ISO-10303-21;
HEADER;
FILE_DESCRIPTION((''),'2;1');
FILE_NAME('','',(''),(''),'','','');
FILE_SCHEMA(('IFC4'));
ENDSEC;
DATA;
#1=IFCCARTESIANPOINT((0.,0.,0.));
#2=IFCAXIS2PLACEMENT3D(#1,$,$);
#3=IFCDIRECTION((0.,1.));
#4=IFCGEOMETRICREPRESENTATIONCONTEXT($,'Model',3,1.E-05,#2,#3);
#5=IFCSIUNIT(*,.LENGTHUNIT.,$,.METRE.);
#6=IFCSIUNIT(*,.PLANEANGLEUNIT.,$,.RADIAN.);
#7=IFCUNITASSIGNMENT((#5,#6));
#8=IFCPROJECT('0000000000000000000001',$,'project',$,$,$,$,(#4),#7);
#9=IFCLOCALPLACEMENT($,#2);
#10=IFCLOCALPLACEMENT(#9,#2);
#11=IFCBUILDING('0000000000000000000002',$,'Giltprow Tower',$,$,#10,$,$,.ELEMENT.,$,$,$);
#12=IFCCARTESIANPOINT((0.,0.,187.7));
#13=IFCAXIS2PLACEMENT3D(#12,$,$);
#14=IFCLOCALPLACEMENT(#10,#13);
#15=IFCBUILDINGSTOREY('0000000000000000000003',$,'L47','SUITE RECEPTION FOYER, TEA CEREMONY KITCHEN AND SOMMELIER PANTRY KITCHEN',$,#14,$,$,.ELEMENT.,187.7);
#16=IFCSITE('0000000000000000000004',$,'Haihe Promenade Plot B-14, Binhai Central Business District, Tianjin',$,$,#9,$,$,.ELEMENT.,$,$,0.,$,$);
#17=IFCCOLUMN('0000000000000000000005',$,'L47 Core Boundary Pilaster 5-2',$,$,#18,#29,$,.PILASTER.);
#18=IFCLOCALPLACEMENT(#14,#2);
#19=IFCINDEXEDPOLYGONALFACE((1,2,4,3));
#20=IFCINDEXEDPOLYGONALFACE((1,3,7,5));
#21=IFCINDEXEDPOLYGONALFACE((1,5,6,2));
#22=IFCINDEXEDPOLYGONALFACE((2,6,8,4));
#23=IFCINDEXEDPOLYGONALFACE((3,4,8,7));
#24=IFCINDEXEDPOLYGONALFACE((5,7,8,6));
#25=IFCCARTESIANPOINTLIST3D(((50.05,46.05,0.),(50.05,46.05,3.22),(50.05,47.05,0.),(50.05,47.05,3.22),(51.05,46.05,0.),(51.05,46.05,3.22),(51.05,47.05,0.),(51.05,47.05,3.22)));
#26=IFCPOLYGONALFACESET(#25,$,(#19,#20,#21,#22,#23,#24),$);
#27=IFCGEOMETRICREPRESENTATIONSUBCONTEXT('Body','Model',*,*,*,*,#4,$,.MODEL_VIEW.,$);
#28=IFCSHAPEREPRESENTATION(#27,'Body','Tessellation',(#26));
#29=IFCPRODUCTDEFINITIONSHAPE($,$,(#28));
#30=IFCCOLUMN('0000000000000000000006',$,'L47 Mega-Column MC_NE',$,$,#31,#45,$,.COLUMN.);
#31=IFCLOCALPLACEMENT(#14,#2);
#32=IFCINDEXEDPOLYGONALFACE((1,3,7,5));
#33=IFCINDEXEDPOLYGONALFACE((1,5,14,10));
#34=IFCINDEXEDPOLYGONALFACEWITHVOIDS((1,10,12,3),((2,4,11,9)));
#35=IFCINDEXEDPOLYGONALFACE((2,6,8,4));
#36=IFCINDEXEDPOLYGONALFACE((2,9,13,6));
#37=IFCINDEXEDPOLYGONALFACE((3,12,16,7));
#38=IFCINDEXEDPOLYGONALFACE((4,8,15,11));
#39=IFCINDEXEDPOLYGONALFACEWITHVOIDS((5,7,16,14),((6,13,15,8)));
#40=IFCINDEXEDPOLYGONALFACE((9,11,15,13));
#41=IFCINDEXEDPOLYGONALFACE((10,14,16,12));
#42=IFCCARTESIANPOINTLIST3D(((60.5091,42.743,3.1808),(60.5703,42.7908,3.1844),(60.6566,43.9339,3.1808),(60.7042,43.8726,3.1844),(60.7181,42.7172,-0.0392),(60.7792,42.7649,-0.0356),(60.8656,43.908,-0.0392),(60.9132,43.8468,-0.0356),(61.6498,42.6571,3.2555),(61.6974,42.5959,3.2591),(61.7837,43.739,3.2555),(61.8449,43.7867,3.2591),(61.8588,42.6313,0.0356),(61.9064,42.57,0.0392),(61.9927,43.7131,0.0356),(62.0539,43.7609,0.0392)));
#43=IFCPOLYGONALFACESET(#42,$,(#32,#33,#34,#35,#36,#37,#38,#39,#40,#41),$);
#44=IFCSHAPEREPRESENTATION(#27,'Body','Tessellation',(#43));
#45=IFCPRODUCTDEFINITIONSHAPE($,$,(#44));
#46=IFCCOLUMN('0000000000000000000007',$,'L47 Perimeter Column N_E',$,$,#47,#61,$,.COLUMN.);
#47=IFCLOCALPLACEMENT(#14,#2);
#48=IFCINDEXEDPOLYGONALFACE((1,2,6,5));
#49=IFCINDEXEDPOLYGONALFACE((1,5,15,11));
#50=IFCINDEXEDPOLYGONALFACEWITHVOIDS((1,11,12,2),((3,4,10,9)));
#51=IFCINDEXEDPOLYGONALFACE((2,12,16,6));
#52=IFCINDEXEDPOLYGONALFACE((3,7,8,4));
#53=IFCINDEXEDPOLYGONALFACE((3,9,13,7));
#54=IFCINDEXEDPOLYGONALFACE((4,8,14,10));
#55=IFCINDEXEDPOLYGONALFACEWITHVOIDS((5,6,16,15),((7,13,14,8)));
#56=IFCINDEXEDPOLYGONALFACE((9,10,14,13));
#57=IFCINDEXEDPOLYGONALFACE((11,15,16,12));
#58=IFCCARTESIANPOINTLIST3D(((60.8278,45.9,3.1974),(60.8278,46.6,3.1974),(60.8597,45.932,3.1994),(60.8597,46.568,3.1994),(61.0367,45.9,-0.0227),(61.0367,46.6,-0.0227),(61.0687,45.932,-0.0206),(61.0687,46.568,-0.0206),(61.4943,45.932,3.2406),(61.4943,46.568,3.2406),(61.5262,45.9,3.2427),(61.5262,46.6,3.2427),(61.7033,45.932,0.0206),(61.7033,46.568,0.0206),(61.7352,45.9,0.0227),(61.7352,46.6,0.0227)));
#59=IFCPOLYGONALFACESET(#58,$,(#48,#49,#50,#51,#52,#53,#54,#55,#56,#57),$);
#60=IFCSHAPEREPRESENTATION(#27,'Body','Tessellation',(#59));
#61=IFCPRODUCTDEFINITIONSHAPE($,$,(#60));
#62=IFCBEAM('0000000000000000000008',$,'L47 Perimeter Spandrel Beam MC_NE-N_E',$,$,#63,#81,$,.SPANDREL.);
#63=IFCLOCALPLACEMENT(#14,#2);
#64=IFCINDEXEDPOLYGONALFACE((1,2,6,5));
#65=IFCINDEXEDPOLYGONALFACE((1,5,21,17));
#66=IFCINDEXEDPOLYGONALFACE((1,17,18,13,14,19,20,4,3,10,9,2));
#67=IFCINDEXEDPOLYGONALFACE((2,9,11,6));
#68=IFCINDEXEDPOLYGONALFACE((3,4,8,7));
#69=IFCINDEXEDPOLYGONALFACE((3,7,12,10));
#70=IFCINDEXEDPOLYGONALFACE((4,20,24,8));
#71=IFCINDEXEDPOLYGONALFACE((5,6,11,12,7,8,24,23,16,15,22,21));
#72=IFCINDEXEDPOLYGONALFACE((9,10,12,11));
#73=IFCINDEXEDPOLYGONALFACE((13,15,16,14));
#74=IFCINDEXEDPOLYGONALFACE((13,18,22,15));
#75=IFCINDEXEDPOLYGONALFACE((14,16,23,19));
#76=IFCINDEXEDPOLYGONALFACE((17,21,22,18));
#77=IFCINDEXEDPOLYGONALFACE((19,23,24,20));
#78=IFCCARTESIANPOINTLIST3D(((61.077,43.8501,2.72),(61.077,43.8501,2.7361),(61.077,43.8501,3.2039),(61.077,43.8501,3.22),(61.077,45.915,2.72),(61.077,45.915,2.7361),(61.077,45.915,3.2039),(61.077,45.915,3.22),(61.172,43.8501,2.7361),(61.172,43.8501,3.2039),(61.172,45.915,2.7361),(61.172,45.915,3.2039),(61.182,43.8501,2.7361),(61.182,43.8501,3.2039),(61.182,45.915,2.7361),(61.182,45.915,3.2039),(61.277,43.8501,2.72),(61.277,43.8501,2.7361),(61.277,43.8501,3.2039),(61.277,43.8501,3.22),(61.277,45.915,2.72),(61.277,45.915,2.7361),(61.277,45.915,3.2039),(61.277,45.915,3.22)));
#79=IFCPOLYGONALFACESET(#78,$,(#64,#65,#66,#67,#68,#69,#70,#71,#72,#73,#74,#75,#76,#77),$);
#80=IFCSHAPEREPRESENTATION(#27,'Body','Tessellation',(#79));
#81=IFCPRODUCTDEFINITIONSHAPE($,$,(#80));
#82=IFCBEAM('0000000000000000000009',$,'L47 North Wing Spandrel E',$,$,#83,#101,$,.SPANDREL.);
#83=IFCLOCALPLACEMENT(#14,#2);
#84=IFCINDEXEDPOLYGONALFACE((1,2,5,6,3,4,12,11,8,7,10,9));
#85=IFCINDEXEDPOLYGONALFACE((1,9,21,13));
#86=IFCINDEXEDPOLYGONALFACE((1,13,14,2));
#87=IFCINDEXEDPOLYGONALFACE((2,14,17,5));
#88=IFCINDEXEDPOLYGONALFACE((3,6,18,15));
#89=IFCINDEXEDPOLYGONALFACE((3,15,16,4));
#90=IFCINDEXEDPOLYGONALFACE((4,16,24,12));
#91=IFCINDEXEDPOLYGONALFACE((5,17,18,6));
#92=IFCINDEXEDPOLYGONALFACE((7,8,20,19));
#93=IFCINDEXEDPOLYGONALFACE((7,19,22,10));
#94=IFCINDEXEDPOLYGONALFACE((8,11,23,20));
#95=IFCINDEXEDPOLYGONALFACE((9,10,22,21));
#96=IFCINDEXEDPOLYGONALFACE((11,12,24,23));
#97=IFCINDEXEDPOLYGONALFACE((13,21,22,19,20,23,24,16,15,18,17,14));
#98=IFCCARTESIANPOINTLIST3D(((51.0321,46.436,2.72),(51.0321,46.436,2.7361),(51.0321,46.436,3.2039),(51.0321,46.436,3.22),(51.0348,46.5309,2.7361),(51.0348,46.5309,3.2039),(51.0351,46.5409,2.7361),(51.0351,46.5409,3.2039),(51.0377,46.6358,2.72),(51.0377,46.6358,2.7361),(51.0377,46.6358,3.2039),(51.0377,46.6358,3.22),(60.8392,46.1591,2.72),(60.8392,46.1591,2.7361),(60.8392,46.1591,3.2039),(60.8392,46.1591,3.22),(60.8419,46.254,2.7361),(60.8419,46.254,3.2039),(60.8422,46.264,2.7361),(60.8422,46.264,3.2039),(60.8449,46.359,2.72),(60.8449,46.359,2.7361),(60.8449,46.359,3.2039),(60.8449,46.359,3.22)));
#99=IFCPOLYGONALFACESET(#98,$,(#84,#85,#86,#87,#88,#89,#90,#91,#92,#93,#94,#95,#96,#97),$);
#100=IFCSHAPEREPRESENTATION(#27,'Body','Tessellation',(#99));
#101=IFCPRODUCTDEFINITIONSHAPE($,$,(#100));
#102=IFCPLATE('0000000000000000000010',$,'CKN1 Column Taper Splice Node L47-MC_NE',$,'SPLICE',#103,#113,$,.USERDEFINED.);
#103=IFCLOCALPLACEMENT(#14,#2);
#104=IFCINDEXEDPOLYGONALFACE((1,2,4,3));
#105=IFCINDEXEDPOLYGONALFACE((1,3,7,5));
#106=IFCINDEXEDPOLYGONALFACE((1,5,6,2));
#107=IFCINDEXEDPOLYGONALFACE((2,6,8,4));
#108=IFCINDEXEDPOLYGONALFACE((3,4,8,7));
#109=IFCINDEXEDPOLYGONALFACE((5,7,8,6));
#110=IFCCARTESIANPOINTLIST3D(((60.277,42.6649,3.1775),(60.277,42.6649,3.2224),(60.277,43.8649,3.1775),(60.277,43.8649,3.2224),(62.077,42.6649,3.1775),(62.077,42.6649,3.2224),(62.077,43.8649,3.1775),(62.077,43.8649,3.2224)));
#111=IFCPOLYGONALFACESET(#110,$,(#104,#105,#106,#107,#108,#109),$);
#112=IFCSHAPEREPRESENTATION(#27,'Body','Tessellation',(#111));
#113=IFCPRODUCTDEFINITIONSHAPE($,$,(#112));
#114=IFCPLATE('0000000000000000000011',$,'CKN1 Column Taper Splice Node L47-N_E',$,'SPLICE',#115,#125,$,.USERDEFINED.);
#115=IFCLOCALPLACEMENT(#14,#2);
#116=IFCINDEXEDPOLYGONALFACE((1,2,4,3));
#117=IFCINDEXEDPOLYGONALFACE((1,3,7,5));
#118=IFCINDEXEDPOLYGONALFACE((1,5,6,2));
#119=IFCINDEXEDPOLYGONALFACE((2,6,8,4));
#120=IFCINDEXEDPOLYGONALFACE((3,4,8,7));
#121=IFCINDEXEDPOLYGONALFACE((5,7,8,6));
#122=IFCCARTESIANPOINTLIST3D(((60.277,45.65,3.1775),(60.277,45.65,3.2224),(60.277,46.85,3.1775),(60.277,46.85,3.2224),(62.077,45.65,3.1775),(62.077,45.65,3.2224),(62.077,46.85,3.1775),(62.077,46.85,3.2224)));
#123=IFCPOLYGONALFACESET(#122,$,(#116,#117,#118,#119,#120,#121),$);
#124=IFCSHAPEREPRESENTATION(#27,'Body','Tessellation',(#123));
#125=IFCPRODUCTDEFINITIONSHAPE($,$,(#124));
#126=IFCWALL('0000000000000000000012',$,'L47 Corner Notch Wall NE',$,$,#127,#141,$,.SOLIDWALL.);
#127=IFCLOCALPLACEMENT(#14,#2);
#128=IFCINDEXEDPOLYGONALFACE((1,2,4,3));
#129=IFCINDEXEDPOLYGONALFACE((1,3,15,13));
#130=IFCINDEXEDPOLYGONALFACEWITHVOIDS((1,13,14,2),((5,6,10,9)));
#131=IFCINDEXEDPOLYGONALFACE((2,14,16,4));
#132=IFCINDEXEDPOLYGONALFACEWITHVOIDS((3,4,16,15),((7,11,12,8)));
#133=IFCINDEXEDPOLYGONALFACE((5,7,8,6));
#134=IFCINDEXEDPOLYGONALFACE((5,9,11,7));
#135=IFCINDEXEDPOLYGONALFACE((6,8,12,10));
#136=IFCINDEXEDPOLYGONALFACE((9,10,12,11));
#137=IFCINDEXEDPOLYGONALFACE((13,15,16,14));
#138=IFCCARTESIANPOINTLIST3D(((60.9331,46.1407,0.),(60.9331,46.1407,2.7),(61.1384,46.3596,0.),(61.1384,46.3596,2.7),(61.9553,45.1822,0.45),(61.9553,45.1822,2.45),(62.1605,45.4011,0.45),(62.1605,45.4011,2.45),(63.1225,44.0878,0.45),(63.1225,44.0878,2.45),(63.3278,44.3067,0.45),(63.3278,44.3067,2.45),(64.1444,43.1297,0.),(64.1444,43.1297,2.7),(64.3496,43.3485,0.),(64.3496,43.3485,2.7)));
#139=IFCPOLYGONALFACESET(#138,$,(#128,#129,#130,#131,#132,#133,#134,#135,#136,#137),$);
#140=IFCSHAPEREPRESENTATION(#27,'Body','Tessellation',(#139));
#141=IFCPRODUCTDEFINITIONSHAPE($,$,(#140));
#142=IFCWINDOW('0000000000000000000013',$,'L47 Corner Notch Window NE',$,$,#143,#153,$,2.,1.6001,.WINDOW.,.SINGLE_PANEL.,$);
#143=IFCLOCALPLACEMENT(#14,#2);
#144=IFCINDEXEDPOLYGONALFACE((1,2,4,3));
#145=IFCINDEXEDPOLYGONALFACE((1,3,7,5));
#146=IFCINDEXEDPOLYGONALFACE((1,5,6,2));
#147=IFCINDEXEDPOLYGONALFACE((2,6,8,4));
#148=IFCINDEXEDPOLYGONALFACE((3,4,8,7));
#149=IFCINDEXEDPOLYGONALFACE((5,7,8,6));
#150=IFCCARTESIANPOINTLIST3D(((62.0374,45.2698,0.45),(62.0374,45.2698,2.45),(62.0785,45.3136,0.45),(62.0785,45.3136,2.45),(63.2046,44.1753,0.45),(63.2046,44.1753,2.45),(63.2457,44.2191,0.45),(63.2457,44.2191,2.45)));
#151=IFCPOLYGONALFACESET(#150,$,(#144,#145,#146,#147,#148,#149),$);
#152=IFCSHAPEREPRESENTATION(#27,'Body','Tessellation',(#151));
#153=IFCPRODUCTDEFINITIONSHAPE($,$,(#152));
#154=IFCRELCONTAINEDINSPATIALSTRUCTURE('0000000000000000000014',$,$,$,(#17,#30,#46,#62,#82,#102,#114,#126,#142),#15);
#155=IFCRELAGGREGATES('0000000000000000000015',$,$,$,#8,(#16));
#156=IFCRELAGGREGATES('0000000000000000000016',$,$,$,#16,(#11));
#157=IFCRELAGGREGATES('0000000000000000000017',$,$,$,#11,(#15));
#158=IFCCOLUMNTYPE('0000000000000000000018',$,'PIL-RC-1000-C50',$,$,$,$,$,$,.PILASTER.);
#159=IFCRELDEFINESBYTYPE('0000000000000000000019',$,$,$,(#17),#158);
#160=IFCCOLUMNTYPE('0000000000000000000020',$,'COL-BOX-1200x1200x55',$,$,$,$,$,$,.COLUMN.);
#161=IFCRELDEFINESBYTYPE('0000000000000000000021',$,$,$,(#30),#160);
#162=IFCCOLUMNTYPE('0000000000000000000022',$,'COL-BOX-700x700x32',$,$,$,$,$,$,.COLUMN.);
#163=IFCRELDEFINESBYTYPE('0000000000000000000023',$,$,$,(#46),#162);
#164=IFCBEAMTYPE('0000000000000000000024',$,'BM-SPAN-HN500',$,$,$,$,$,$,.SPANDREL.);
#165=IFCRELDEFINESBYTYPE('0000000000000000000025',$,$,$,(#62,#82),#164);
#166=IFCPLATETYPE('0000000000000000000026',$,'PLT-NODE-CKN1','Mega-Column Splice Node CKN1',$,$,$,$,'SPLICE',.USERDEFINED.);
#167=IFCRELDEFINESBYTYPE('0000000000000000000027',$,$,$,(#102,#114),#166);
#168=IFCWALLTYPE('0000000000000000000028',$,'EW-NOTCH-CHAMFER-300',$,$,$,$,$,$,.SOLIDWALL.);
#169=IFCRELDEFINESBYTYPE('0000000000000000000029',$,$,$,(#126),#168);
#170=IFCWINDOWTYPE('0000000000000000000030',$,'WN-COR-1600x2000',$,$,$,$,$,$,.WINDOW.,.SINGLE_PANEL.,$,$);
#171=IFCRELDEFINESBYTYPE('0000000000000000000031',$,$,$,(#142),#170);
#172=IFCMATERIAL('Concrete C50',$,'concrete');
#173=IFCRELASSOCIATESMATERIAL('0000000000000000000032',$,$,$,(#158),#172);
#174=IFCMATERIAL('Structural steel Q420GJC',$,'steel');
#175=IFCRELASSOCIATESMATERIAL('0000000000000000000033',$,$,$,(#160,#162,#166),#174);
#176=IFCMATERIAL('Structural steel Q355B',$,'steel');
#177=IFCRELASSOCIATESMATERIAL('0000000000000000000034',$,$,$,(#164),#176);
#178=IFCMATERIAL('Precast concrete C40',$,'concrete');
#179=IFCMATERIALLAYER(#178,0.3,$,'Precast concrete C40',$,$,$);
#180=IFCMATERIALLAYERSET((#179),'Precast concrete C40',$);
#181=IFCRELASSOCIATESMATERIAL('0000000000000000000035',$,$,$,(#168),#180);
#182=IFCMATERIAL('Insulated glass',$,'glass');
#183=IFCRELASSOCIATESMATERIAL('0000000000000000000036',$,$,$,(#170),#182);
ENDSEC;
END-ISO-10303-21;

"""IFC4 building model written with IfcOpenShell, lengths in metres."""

from ifc_helpers import new_model, si_unit, direction, frame, frame_2d, origin, origin_2d, place, context, subcontext, project, spatial, rectangle, hollow_rectangle, i_section, extrude, source, transform, mapped, material, layer, layer_set, material_profile, profile_set, type_object, element, fill, save


model = new_model("IFC4")

# Units and contexts
model_context = context("Model", 3, precision=1e-05, world=origin(), true_north=direction((0.0, 1.0)))
body_context = subcontext(model_context, "Body", "Model", "MODEL_VIEW")
ifc_project = project(units=[si_unit("LENGTHUNIT", "METRE"), si_unit("PLANEANGLEUNIT", "RADIAN")], contexts=[model_context])

# Site, building, storey
site_placement = place(None, origin())
site = spatial("IfcSite", under=ifc_project, at=site_placement, Name="Haihe Promenade Plot B-14, Binhai Central Business District, Tianjin", CompositionType="ELEMENT", RefElevation=0.0)
building_placement = place(site_placement, origin())
building = spatial("IfcBuilding", under=site, at=building_placement, Name="Giltprow Tower", CompositionType="ELEMENT")
storey_placement = place(building_placement, frame((0.0, 0.0, 187.7)))
storey = spatial("IfcBuildingStorey", under=building, at=storey_placement, Name="L47", Description="SUITE RECEPTION FOYER, TEA CEREMONY KITCHEN AND SOMMELIER PANTRY KITCHEN", CompositionType="ELEMENT", Elevation=187.7)

# Columns
ifc_material_1 = material(Name="Concrete C50", Category="concrete")
ifc_material_profile_1 = material_profile(ifc_material_1, rectangle(XDim=1.0, YDim=1.0, at=origin_2d()), Name="RC 1000x1000")
ifc_profile_set_1 = profile_set([ifc_material_profile_1], Name="Concrete C50")
column_type_1 = type_object("IfcColumnType", Name="PIL-RC-1000-C50", PredefinedType="PILASTER", material=ifc_profile_set_1)
shared_shape_1 = source(origin(), body_context, "Body", "SweptSolid", [
    extrude(rectangle(XDim=1.0, YDim=1.0, at=origin_2d()), origin(), (0.0, 0.0, 1.0), 3.22),
])
column_1_placement = place(storey_placement, frame((50.55, 46.55, 0.0), z_axis=(0.0, 0.0, 1.0), x_axis=(1.0, 0.0, 0.0)))
element("IfcColumn", 1, at=column_1_placement, inside=storey, type_object=column_type_1, Name="L47 Core Boundary Pilaster 5-2", PredefinedType="PILASTER", context=body_context, shape_type="MappedRepresentation", body=[
    mapped(shared_shape_1, transform((0.0, 0.0, 0.0), x_axis=(1.0, 0.0, 0.0), y_axis=(0.0, 1.0, 0.0), z_axis=(0.0, 0.0, 1.0), scale=1.0)),
])
ifc_material_2 = material(Name="Structural steel Q420GJC", Category="steel")
ifc_material_profile_2 = material_profile(ifc_material_2, hollow_rectangle(XDim=1.2, YDim=1.2, WallThickness=0.0549, at=origin_2d()), Name="BOX 1200x1200x55")
ifc_profile_set_2 = profile_set([ifc_material_profile_2], Name="Structural steel Q420GJC")
column_type_2 = type_object("IfcColumnType", Name="COL-BOX-1200x1200x55", PredefinedType="COLUMN", material=ifc_profile_set_2)
shared_shape_2 = source(origin(), body_context, "Body", "SweptSolid", [
    extrude(hollow_rectangle(XDim=1.2, YDim=1.2, WallThickness=0.0549, at=origin_2d()), origin(), (0.0, 0.0, 1.0), 3.2268),
])
column_2_placement = place(storey_placement, frame((61.386, 43.239, 0.0), z_axis=(-0.064764, 0.00802, 0.997868), x_axis=(-0.122893, -0.99242, 0.0)))
element("IfcColumn", 2, at=column_2_placement, inside=storey, type_object=column_type_2, Name="L47 Mega-Column MC_NE", PredefinedType="COLUMN", context=body_context, shape_type="MappedRepresentation", body=[
    mapped(shared_shape_2, transform((0.0, 0.0, 0.0), x_axis=(1.0, 0.0, 0.0), y_axis=(0.0, 1.0, 0.0), z_axis=(0.0, 0.0, 1.0), scale=1.0)),
])
ifc_material_profile_3 = material_profile(ifc_material_2, hollow_rectangle(XDim=0.7, YDim=0.7, WallThickness=0.032, at=origin_2d()), Name="BOX 700x700x32")
ifc_profile_set_3 = profile_set([ifc_material_profile_3], Name="Structural steel Q420GJC")
column_type_3 = type_object("IfcColumnType", Name="COL-BOX-700x700x32", PredefinedType="COLUMN", material=ifc_profile_set_3)
shared_shape_3 = source(origin(), body_context, "Body", "SweptSolid", [
    extrude(hollow_rectangle(XDim=0.7, YDim=0.7, WallThickness=0.032, at=origin_2d()), origin(), (0.0, 0.0, 1.0), 3.2268),
])
column_3_placement = place(storey_placement, frame((61.386, 46.25, 0.0), z_axis=(-0.064766, 0.0, 0.9979), x_axis=(0.0, -1.0, 0.0)))
element("IfcColumn", 3, at=column_3_placement, inside=storey, type_object=column_type_3, Name="L47 Perimeter Column N_E", PredefinedType="COLUMN", context=body_context, shape_type="MappedRepresentation", body=[
    mapped(shared_shape_3, transform((0.0, 0.0, 0.0), x_axis=(1.0, 0.0, 0.0), y_axis=(0.0, 1.0, 0.0), z_axis=(0.0, 0.0, 1.0), scale=1.0)),
])

# Beams
ifc_material_3 = material(Name="Structural steel Q355B", Category="steel")
ifc_material_profile_4 = material_profile(ifc_material_3, i_section(OverallWidth=0.2, OverallDepth=0.5, WebThickness=0.01, FlangeThickness=0.0161, at=origin_2d()), Name="HN 500x200x10x16")
ifc_profile_set_4 = profile_set([ifc_material_profile_4], Name="Structural steel Q355B")
beam_type = type_object("IfcBeamType", Name="BM-SPAN-HN500", PredefinedType="SPANDREL", material=ifc_profile_set_4)
shared_shape_4 = source(origin(), body_context, "Body", "SweptSolid", [
    extrude(i_section(OverallWidth=0.2, OverallDepth=0.5, WebThickness=0.01, FlangeThickness=0.0161, at=origin_2d()), origin(), (0.0, 0.0, 1.0), 2.0649),
])
beam_1_placement = place(storey_placement, frame((61.177, 43.8501, 2.97), z_axis=(0.0, 1.0, 0.0), x_axis=(-1.0, 0.0, 0.0)))
element("IfcBeam", 4, at=beam_1_placement, inside=storey, type_object=beam_type, Name="L47 Perimeter Spandrel Beam MC_NE-N_E", PredefinedType="SPANDREL", context=body_context, shape_type="MappedRepresentation", body=[
    mapped(shared_shape_4, transform((0.0, 0.0, 0.0), x_axis=(1.0, 0.0, 0.0), y_axis=(0.0, 1.0, 0.0), z_axis=(0.0, 0.0, 1.0), scale=1.0)),
])
shared_shape_5 = source(origin(), body_context, "Body", "SweptSolid", [
    extrude(i_section(OverallWidth=0.2, OverallDepth=0.5, WebThickness=0.01, FlangeThickness=0.0161, at=origin_2d()), origin(), (0.0, 0.0, 1.0), 9.811),
])
beam_2_placement = place(storey_placement, frame((51.0349, 46.5359, 2.97), z_axis=(0.999602, -0.028219, 0.0), x_axis=(0.028219, 0.999602, 0.0)))
element("IfcBeam", 5, at=beam_2_placement, inside=storey, type_object=beam_type, Name="L47 North Wing Spandrel E", PredefinedType="SPANDREL", context=body_context, shape_type="MappedRepresentation", body=[
    mapped(shared_shape_5, transform((0.0, 0.0, 0.0), x_axis=(1.0, 0.0, 0.0), y_axis=(0.0, 1.0, 0.0), z_axis=(0.0, 0.0, 1.0), scale=1.0)),
])

# Plates
plate_type = type_object("IfcPlateType", Name="PLT-NODE-CKN1", Description="Mega-Column Splice Node CKN1", ElementType="SPLICE", PredefinedType="USERDEFINED", material=ifc_material_2)
shared_shape_6 = source(origin(), body_context, "Body", "SweptSolid", [
    extrude(rectangle(XDim=1.8, YDim=1.2, at=origin_2d()), origin(), (0.0, 0.0, 1.0), 0.0449),
])
for number, where, z_axis, x_axis, name in (
    (6, (61.177, 43.2649, 3.1775), (0.0, 0.0, 1.0), (1.0, 0.0, 0.0), "CKN1 Column Taper Splice Node L47-MC_NE"),
    (7, (61.177, 46.25, 3.1775), (0.0, 0.0, 1.0), (1.0, 0.0, 0.0), "CKN1 Column Taper Splice Node L47-N_E"),
):
    element("IfcPlate", number, at=place(storey_placement, frame(where, z_axis=z_axis, x_axis=x_axis)), inside=storey, type_object=plate_type, Name=name, ObjectType="SPLICE", PredefinedType="USERDEFINED", context=body_context, shape_type="MappedRepresentation", body=[
        mapped(shared_shape_6, transform((0.0, 0.0, 0.0), x_axis=(1.0, 0.0, 0.0), y_axis=(0.0, 1.0, 0.0), z_axis=(0.0, 0.0, 1.0), scale=1.0)),
    ])

# Wall, opening, window
ifc_material_4 = material(Name="Precast concrete C40", Category="concrete")
ifc_layer_1 = layer(ifc_material_4, 0.3, Name="Precast concrete C40")
ifc_layer_set_1 = layer_set([ifc_layer_1], Name="Precast concrete C40")
wall_type_1 = type_object("IfcWallType", Name="EW-NOTCH-CHAMFER-300", PredefinedType="SOLIDWALL", material=ifc_layer_set_1)
wall_1_placement = place(storey_placement, frame((64.2471, 43.239, 0.0), z_axis=(0.0, 0.0, 1.0), x_axis=(-0.72948, 0.684002, 0.0)))
wall_1 = element("IfcWall", 8, at=wall_1_placement, inside=storey, type_object=wall_type_1, Name="L47 Corner Notch Wall NE", PredefinedType="SOLIDWALL", context=body_context, shape_type="SweptSolid", body=[
    extrude(rectangle(XDim=4.4021, YDim=0.3, at=frame_2d((2.2012, 0.0))), origin(), (0.0, 0.0, 1.0), 2.7),
])
opening_1_placement = place(wall_1_placement, frame((1.4009, 0.0, 0.45)))
opening_1 = element("IfcOpeningElement", 9, at=opening_1_placement, cuts=wall_1, PredefinedType="OPENING", context=body_context, shape_type="SweptSolid", body=[
    extrude(rectangle(XDim=1.6001, YDim=2.0, at=frame_2d((0.8, 1.0))), frame((0.0, 0.1599, 0.0), z_axis=(0.0, -1.0, 0.0), x_axis=(1.0, 0.0, 0.0)), (0.0, 0.0, 1.0), 0.3201),
])
ifc_material_5 = material(Name="Insulated glass", Category="glass")
window_type = type_object("IfcWindowType", Name="WN-COR-1600x2000", PartitioningType="SINGLE_PANEL", PredefinedType="WINDOW", material=ifc_material_5)
shared_shape_7 = source(origin(), body_context, "Body", "SweptSolid", [
    extrude(rectangle(XDim=1.6001, YDim=2.0, at=frame_2d((0.8, 1.0))), frame((0.0, 0.03, 0.0), z_axis=(0.0, -1.0, 0.0), x_axis=(1.0, 0.0, 0.0)), (0.0, 0.0, 1.0), 0.0601),
])
window_1_placement = place(opening_1_placement, origin())
window_1 = element("IfcWindow", 10, at=window_1_placement, inside=storey, type_object=window_type, Name="L47 Corner Notch Window NE", OverallHeight=2.0, OverallWidth=1.6001, PartitioningType="SINGLE_PANEL", PredefinedType="WINDOW", context=body_context, shape_type="MappedRepresentation", body=[
    mapped(shared_shape_7, transform((0.0, 0.0, 0.0), x_axis=(1.0, 0.0, 0.0), y_axis=(0.0, 1.0, 0.0), z_axis=(0.0, 0.0, 1.0), scale=1.0)),
])
fill(opening_1, window_1)

save(model, "model.ifc")
